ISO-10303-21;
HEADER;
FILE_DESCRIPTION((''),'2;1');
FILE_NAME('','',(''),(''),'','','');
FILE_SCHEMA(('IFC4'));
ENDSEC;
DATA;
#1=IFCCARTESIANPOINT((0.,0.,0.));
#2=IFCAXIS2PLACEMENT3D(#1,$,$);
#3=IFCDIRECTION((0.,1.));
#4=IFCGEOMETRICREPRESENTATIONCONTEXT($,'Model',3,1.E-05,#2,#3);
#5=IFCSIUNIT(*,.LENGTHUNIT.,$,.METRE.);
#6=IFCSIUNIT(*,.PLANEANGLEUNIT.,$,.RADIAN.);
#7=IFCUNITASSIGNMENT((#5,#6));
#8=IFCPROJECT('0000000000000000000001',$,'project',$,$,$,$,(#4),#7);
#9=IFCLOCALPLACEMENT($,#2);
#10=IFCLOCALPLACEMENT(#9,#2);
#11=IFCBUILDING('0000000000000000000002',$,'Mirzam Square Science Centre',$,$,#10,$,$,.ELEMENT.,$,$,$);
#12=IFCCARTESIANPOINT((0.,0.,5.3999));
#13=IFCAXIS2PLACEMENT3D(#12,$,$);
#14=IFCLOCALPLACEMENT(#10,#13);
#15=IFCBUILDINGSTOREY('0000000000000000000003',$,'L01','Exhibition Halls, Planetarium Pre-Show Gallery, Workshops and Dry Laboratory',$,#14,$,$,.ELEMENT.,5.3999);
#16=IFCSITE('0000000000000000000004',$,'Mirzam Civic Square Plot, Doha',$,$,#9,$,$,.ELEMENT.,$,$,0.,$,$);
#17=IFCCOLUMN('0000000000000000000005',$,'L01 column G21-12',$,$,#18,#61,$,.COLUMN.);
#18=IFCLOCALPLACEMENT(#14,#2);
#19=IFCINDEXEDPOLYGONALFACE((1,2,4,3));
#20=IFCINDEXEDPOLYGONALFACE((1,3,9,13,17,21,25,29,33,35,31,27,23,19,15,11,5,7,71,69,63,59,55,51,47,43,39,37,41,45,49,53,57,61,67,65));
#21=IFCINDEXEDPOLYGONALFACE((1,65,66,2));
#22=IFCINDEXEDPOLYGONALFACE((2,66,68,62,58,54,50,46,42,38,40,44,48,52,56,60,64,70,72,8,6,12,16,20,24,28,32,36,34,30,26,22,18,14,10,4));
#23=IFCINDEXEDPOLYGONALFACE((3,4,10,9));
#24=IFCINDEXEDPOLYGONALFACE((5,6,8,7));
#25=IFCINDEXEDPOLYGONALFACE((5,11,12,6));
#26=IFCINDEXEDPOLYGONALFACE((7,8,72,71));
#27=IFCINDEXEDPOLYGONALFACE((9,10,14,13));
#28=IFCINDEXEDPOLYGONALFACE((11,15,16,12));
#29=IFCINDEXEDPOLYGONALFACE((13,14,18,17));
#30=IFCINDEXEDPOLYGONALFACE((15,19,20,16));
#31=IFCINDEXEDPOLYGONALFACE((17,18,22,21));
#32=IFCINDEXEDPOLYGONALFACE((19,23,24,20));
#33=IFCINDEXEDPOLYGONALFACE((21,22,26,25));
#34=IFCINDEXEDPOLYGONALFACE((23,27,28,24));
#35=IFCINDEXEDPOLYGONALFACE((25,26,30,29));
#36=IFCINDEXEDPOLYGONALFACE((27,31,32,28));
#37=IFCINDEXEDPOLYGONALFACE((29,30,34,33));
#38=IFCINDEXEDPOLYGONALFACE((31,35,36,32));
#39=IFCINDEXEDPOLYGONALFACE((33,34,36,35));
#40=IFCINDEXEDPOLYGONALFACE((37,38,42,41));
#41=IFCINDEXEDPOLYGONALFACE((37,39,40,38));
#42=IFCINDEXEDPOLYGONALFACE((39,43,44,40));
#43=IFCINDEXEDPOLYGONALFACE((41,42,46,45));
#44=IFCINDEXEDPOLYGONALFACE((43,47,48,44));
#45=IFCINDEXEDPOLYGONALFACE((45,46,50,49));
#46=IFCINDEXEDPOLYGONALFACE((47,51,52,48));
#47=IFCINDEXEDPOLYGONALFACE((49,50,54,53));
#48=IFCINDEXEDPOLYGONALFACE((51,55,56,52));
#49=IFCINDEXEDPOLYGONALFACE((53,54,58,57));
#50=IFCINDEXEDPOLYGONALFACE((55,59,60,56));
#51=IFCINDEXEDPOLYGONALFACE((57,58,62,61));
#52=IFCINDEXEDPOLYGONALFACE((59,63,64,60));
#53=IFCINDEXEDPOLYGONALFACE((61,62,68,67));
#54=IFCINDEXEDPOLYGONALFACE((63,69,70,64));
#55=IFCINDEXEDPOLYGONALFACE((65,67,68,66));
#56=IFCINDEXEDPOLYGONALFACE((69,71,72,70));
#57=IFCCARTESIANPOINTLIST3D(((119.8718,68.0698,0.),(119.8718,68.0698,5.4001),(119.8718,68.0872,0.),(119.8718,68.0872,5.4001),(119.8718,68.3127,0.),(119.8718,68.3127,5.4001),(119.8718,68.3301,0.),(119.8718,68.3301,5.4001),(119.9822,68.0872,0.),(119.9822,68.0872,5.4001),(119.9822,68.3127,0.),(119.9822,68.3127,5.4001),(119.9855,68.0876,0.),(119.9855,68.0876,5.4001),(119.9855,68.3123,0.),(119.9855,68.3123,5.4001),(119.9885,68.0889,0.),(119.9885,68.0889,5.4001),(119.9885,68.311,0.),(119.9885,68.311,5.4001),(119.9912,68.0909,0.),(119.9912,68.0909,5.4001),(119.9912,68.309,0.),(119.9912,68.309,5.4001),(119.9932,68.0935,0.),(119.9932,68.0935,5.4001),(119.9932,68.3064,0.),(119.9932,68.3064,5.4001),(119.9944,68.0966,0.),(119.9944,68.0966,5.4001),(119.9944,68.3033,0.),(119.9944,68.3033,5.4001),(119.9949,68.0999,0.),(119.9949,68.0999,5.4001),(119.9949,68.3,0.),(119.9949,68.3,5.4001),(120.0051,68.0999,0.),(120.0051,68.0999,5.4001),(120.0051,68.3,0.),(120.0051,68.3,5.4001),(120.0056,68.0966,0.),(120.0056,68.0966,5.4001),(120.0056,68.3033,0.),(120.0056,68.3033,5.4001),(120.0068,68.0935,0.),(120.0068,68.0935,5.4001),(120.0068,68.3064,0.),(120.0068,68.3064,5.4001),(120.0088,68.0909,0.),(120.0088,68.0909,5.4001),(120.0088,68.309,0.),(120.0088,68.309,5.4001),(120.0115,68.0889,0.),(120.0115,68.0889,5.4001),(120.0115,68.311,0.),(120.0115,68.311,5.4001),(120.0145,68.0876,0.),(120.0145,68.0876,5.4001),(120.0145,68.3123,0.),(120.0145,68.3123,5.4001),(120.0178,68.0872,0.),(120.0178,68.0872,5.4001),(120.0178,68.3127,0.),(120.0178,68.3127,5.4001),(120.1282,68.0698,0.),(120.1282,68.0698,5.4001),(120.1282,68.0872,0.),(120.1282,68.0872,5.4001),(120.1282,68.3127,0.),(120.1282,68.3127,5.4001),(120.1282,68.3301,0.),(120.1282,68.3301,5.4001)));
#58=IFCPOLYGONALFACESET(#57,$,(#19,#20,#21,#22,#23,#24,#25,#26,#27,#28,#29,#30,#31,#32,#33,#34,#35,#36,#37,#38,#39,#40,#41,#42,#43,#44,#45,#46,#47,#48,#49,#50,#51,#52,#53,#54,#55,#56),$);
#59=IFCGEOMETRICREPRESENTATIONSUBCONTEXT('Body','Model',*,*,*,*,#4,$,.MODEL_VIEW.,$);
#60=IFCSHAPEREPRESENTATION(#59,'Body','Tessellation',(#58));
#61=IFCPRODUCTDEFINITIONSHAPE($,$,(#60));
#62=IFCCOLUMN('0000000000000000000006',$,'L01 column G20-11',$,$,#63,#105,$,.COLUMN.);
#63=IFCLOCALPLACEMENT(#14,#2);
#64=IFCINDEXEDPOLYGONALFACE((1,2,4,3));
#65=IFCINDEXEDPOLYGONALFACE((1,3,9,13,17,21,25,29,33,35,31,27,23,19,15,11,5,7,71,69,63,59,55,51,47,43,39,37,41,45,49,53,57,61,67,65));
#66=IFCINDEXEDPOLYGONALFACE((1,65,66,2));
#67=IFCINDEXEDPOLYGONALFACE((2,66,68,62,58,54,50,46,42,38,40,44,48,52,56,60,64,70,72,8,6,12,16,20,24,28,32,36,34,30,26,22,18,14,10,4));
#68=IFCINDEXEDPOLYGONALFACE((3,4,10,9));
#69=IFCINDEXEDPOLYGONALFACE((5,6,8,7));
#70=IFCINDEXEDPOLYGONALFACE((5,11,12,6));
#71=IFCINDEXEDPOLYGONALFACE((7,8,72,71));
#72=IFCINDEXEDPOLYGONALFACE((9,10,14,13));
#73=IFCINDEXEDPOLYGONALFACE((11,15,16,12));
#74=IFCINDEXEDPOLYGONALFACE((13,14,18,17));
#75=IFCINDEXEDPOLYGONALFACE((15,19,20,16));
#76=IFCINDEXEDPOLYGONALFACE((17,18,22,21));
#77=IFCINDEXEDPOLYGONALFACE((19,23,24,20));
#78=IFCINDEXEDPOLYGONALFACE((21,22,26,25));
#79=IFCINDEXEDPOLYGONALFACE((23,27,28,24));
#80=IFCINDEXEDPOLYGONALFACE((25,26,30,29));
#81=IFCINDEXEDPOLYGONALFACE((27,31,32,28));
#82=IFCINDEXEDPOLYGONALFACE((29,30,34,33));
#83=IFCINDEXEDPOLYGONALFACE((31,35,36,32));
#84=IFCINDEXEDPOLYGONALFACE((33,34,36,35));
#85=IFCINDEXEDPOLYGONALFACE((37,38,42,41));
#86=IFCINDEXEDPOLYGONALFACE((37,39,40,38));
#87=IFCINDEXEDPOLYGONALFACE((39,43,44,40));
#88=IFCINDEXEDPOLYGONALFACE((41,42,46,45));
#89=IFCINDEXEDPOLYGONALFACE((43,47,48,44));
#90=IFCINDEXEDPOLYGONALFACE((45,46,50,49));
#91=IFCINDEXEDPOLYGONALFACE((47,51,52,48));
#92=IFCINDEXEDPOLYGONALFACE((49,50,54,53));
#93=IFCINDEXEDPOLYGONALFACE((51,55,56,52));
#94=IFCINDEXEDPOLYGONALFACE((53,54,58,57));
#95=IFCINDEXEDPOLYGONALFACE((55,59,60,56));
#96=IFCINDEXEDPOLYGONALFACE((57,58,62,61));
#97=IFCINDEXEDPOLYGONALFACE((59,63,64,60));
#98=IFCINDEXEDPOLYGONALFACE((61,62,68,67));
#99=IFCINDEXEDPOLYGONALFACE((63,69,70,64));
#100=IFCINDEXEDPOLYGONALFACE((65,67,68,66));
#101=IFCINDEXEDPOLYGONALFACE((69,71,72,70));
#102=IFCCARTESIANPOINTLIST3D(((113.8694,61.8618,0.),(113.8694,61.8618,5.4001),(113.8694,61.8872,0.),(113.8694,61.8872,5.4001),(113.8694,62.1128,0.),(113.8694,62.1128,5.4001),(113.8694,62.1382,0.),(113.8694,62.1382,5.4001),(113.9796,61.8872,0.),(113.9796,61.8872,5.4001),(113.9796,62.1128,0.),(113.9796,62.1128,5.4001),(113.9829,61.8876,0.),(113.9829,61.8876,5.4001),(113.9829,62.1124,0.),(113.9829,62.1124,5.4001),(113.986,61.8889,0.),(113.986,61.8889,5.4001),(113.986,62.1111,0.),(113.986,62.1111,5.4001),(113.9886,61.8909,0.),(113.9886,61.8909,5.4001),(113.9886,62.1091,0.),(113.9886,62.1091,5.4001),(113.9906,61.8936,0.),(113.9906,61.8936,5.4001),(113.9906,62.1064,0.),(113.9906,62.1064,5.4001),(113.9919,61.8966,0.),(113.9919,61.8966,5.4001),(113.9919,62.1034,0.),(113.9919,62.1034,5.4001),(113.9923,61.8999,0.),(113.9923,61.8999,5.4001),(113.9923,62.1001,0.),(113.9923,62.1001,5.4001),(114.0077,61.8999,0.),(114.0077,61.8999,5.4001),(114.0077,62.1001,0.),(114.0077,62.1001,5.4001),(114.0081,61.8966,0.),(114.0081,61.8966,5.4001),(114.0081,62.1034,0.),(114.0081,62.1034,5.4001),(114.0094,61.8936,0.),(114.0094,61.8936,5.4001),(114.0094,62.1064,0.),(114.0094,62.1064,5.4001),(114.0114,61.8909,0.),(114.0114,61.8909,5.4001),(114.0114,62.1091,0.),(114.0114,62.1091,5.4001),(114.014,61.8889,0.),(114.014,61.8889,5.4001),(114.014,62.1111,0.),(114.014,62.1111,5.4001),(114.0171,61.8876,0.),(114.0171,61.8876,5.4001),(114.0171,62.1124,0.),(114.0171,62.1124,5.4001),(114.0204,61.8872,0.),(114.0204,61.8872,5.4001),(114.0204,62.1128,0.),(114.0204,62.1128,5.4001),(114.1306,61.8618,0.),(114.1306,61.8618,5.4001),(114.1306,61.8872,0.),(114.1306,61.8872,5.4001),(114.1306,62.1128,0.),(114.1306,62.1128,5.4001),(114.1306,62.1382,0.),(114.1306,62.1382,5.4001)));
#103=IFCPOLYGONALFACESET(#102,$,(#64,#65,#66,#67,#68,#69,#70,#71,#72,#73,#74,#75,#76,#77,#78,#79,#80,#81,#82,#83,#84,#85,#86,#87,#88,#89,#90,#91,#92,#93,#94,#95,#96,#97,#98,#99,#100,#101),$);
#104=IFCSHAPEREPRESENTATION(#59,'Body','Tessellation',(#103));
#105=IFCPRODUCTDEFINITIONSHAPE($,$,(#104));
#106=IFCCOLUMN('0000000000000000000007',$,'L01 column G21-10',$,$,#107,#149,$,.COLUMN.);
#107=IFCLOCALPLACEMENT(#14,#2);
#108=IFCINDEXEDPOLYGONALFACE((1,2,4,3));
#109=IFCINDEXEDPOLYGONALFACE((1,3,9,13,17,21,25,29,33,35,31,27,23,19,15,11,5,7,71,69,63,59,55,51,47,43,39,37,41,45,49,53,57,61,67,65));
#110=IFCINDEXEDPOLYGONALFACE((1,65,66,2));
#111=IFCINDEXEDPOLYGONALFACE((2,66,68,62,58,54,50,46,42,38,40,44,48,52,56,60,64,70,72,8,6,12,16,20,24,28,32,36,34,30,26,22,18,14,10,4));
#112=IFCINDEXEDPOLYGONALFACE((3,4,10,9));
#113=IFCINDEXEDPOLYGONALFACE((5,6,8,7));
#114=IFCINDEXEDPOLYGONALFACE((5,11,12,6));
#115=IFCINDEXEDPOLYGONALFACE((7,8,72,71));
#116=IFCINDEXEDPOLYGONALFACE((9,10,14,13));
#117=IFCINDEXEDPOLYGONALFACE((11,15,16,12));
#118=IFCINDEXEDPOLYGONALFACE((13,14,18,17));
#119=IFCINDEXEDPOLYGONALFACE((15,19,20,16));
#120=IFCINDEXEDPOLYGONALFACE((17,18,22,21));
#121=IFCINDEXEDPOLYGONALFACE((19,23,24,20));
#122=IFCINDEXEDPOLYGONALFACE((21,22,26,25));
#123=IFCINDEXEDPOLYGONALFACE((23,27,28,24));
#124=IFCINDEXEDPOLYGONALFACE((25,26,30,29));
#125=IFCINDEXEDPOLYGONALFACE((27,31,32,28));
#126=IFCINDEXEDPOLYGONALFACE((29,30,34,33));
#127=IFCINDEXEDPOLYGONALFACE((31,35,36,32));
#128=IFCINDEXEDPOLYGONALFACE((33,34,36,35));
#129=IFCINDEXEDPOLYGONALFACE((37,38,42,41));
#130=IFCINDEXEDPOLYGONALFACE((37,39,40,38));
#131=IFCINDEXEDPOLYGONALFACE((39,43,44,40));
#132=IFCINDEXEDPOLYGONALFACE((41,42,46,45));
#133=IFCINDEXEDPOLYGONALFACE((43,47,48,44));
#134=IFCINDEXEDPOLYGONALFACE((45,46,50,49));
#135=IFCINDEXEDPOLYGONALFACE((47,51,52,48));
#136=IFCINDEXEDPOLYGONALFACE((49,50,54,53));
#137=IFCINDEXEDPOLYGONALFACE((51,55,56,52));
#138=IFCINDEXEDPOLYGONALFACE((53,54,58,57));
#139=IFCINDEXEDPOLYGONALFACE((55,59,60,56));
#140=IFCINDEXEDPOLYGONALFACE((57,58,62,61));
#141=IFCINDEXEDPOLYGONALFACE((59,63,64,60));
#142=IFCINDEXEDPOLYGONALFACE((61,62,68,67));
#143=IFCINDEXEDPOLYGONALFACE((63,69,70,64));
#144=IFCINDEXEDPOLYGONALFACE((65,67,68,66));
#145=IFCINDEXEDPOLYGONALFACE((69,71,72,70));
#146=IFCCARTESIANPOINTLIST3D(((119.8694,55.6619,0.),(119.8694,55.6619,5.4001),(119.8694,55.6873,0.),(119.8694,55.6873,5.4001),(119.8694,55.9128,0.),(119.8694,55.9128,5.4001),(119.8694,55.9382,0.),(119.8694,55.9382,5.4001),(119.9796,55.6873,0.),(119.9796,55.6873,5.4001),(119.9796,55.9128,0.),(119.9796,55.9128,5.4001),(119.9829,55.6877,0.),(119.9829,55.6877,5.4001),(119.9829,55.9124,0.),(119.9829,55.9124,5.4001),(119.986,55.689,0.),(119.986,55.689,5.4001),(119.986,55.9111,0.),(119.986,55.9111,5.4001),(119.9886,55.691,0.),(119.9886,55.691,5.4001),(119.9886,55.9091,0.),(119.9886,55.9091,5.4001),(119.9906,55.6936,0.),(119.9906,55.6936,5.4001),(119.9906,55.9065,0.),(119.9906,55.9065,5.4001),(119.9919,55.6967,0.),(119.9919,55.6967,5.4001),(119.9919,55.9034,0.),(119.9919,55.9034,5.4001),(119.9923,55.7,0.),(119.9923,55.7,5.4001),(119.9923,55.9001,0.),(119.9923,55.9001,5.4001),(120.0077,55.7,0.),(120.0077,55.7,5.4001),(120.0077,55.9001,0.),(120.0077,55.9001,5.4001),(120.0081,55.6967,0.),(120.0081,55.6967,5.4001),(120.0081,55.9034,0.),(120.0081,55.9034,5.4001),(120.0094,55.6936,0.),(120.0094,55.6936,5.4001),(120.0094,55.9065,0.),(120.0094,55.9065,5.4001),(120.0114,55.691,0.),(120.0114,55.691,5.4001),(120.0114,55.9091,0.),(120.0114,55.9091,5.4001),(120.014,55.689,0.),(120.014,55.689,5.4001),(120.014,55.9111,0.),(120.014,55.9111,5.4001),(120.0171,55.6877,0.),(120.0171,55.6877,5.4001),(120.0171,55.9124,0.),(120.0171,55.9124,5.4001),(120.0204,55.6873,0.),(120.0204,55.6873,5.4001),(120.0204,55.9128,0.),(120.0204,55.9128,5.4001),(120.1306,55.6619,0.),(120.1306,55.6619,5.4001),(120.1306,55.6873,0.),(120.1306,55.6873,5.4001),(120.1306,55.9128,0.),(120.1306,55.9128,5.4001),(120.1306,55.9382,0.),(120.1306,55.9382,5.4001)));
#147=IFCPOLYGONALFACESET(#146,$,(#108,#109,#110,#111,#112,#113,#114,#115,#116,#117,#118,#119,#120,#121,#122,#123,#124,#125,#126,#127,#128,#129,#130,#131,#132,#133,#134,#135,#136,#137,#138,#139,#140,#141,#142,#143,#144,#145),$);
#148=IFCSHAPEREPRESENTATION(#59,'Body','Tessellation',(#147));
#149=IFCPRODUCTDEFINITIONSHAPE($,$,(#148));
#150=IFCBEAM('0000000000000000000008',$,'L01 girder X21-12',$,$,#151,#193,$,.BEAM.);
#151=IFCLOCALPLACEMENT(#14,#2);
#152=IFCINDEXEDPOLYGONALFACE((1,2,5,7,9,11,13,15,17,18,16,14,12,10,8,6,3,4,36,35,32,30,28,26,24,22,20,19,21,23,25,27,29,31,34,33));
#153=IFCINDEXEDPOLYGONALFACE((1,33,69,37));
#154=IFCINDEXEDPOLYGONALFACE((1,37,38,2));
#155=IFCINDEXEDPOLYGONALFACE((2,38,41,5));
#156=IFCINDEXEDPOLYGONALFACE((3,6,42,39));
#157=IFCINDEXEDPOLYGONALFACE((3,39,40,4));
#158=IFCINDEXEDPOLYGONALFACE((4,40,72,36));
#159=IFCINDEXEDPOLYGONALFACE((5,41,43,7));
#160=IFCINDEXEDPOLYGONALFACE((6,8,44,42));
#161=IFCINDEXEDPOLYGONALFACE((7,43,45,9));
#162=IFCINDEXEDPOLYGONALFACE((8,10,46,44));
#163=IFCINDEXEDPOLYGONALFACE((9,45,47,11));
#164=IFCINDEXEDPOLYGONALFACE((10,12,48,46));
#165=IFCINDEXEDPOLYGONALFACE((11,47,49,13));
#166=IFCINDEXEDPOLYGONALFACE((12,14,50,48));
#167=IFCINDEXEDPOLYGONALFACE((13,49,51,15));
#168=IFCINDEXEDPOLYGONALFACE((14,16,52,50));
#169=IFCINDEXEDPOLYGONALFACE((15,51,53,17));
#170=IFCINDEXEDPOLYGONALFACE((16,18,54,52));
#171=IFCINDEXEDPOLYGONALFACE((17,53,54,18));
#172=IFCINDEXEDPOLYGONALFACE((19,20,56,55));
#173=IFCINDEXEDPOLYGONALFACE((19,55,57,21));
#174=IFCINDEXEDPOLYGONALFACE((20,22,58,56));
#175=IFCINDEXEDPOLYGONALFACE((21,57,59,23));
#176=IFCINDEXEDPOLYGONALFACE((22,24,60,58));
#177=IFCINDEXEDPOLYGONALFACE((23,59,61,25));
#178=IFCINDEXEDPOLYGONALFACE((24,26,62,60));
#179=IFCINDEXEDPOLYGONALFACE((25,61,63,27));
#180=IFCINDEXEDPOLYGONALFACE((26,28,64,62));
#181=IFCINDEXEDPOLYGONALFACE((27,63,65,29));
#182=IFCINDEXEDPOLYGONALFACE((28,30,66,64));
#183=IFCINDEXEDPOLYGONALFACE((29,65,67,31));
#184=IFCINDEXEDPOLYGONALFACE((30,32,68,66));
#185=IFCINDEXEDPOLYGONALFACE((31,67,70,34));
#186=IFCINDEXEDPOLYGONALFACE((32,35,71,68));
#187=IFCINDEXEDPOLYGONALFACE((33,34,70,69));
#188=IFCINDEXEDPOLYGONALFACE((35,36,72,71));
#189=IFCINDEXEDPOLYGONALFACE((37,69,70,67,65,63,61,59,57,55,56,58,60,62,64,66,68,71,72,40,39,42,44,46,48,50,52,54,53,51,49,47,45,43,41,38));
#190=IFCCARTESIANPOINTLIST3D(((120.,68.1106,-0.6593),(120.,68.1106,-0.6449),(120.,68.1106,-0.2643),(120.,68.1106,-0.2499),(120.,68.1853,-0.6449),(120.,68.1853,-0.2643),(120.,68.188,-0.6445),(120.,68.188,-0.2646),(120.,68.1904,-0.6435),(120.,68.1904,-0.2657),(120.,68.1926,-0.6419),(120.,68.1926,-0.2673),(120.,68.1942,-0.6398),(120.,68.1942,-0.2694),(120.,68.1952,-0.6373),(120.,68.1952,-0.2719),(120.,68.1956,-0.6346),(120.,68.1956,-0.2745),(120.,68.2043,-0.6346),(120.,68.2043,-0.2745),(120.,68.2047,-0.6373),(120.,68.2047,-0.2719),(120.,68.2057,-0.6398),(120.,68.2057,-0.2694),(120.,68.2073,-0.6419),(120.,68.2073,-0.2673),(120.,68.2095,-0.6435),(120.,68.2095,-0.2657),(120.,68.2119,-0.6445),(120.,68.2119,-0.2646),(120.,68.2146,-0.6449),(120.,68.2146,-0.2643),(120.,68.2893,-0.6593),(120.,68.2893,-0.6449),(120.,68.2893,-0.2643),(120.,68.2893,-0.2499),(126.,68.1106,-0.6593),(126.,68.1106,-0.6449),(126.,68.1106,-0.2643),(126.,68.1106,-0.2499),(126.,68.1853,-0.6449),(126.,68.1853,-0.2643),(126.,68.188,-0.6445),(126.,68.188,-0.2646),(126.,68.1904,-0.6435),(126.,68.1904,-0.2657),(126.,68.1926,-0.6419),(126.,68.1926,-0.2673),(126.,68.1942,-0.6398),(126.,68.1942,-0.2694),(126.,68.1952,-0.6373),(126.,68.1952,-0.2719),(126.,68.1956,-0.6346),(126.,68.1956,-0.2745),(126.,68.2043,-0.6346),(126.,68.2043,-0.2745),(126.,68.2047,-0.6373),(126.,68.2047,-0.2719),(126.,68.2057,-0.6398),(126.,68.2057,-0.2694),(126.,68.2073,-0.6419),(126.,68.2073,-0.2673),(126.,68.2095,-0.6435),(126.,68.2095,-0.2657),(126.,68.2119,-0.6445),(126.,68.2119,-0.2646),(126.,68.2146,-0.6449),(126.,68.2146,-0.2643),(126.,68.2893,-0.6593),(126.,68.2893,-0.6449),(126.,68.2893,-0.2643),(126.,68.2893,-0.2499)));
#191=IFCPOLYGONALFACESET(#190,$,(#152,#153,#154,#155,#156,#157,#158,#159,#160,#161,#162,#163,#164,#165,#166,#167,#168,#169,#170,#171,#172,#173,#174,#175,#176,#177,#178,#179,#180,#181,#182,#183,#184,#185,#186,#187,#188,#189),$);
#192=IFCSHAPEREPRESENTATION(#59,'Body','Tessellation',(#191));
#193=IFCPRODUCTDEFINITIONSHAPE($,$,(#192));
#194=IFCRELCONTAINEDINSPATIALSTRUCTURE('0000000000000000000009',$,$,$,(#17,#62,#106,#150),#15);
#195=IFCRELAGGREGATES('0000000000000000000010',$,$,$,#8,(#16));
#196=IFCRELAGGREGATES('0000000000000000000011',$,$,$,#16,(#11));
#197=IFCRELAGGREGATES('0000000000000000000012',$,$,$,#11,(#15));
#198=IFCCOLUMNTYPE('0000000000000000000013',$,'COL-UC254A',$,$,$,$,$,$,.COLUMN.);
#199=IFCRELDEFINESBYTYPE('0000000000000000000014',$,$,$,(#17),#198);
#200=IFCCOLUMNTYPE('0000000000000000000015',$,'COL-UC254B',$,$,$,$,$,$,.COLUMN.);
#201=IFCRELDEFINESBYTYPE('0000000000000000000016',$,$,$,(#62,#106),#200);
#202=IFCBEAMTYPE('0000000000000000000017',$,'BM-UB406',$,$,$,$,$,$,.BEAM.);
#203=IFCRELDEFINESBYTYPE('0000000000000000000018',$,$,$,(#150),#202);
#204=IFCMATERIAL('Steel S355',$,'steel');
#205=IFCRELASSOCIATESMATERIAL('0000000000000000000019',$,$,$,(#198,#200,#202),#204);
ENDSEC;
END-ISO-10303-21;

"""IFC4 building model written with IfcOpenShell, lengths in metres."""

from ifc_helpers import new_model, si_unit, direction, frame, origin, origin_2d, place, context, subcontext, project, spatial, i_section, extrude, material, material_profile, profile_set, type_object, element, save


model = new_model("IFC4")

# Units and contexts
model_context = context("Model", 3, precision=1e-05, world=origin(), true_north=direction((0.0, 1.0)))
body_context = subcontext(model_context, "Body", "Model", "MODEL_VIEW")
ifc_project = project(units=[si_unit("LENGTHUNIT", "METRE"), si_unit("PLANEANGLEUNIT", "RADIAN")], contexts=[model_context])

# Site, building, storey
site_placement = place(None, origin())
site = spatial("IfcSite", under=ifc_project, at=site_placement, Name="Mirzam Civic Square Plot, Doha", CompositionType="ELEMENT", RefElevation=0.0)
building_placement = place(site_placement, origin())
building = spatial("IfcBuilding", under=site, at=building_placement, Name="Mirzam Square Science Centre", CompositionType="ELEMENT")
storey_placement = place(building_placement, frame((0.0, 0.0, 5.3999)))
storey = spatial("IfcBuildingStorey", under=building, at=storey_placement, Name="L01", Description="Exhibition Halls, Planetarium Pre-Show Gallery, Workshops and Dry Laboratory", CompositionType="ELEMENT", Elevation=5.3999)

# Columns
ifc_material_1 = material(Name="Steel S355", Category="steel")
ifc_material_profile_1 = material_profile(ifc_material_1, i_section(OverallWidth=0.2563, OverallDepth=0.2603, WebThickness=0.0103, FlangeThickness=0.0173, FilletRadius=0.0127, at=origin_2d()), Name="254x254x89UC")
ifc_profile_set_1 = profile_set([ifc_material_profile_1], Name="Steel S355")
column_type_1 = type_object("IfcColumnType", Name="COL-UC254A", PredefinedType="COLUMN", material=ifc_profile_set_1)
column_placement = place(storey_placement, frame((120.0, 68.2, 0.0), z_axis=(0.0, 0.0, 1.0), x_axis=(1.0, 0.0, 0.0)))
element("IfcColumn", 1, at=column_placement, inside=storey, type_object=column_type_1, Name="L01 column G21-12", PredefinedType="COLUMN", context=body_context, shape_type="SweptSolid", body=[
    extrude(i_section(OverallWidth=0.2563, OverallDepth=0.2603, WebThickness=0.0103, FlangeThickness=0.0173, FilletRadius=0.0127, at=origin_2d()), origin(), (0.0, 0.0, 1.0), 5.4001),
])
ifc_material_profile_2 = material_profile(ifc_material_1, i_section(OverallWidth=0.2612, OverallDepth=0.2764, WebThickness=0.0154, FlangeThickness=0.0254, FilletRadius=0.0127, at=origin_2d()), Name="254x254x132UC")
ifc_profile_set_2 = profile_set([ifc_material_profile_2], Name="Steel S355")
column_type_2 = type_object("IfcColumnType", Name="COL-UC254B", PredefinedType="COLUMN", material=ifc_profile_set_2)
for number, where, z_axis, x_axis, name in (
    (2, (114.0, 62.0, 0.0), (0.0, 0.0, 1.0), (1.0, 0.0, 0.0), "L01 column G20-11"),
    (3, (120.0, 55.8, 0.0), (0.0, 0.0, 1.0), (1.0, 0.0, 0.0), "L01 column G21-10"),
):
    element("IfcColumn", number, at=place(storey_placement, frame(where, z_axis=z_axis, x_axis=x_axis)), inside=storey, type_object=column_type_2, Name=name, PredefinedType="COLUMN", context=body_context, shape_type="SweptSolid", body=[
        extrude(i_section(OverallWidth=0.2612, OverallDepth=0.2764, WebThickness=0.0154, FlangeThickness=0.0254, FilletRadius=0.0127, at=origin_2d()), origin(), (0.0, 0.0, 1.0), 5.4001),
    ])

# Beam
ifc_material_profile_3 = material_profile(ifc_material_1, i_section(OverallWidth=0.1787, OverallDepth=0.4094, WebThickness=0.0088, FlangeThickness=0.0144, FilletRadius=0.0103, at=origin_2d()), Name="406x178x67UB")
ifc_profile_set_3 = profile_set([ifc_material_profile_3], Name="Steel S355")
beam_type_1 = type_object("IfcBeamType", Name="BM-UB406", PredefinedType="BEAM", material=ifc_profile_set_3)
beam_1_placement = place(storey_placement, frame((120.0, 68.2, -0.4546), z_axis=(1.0, 0.0, 0.0), x_axis=(0.0, 1.0, 0.0)))
element("IfcBeam", 4, at=beam_1_placement, inside=storey, type_object=beam_type_1, Name="L01 girder X21-12", PredefinedType="BEAM", context=body_context, shape_type="SweptSolid", body=[
    extrude(i_section(OverallWidth=0.1787, OverallDepth=0.4094, WebThickness=0.0088, FlangeThickness=0.0144, FilletRadius=0.0103, at=origin_2d()), origin(), (0.0, 0.0, 1.0), 6.0),
])

save(model, "model.ifc")
